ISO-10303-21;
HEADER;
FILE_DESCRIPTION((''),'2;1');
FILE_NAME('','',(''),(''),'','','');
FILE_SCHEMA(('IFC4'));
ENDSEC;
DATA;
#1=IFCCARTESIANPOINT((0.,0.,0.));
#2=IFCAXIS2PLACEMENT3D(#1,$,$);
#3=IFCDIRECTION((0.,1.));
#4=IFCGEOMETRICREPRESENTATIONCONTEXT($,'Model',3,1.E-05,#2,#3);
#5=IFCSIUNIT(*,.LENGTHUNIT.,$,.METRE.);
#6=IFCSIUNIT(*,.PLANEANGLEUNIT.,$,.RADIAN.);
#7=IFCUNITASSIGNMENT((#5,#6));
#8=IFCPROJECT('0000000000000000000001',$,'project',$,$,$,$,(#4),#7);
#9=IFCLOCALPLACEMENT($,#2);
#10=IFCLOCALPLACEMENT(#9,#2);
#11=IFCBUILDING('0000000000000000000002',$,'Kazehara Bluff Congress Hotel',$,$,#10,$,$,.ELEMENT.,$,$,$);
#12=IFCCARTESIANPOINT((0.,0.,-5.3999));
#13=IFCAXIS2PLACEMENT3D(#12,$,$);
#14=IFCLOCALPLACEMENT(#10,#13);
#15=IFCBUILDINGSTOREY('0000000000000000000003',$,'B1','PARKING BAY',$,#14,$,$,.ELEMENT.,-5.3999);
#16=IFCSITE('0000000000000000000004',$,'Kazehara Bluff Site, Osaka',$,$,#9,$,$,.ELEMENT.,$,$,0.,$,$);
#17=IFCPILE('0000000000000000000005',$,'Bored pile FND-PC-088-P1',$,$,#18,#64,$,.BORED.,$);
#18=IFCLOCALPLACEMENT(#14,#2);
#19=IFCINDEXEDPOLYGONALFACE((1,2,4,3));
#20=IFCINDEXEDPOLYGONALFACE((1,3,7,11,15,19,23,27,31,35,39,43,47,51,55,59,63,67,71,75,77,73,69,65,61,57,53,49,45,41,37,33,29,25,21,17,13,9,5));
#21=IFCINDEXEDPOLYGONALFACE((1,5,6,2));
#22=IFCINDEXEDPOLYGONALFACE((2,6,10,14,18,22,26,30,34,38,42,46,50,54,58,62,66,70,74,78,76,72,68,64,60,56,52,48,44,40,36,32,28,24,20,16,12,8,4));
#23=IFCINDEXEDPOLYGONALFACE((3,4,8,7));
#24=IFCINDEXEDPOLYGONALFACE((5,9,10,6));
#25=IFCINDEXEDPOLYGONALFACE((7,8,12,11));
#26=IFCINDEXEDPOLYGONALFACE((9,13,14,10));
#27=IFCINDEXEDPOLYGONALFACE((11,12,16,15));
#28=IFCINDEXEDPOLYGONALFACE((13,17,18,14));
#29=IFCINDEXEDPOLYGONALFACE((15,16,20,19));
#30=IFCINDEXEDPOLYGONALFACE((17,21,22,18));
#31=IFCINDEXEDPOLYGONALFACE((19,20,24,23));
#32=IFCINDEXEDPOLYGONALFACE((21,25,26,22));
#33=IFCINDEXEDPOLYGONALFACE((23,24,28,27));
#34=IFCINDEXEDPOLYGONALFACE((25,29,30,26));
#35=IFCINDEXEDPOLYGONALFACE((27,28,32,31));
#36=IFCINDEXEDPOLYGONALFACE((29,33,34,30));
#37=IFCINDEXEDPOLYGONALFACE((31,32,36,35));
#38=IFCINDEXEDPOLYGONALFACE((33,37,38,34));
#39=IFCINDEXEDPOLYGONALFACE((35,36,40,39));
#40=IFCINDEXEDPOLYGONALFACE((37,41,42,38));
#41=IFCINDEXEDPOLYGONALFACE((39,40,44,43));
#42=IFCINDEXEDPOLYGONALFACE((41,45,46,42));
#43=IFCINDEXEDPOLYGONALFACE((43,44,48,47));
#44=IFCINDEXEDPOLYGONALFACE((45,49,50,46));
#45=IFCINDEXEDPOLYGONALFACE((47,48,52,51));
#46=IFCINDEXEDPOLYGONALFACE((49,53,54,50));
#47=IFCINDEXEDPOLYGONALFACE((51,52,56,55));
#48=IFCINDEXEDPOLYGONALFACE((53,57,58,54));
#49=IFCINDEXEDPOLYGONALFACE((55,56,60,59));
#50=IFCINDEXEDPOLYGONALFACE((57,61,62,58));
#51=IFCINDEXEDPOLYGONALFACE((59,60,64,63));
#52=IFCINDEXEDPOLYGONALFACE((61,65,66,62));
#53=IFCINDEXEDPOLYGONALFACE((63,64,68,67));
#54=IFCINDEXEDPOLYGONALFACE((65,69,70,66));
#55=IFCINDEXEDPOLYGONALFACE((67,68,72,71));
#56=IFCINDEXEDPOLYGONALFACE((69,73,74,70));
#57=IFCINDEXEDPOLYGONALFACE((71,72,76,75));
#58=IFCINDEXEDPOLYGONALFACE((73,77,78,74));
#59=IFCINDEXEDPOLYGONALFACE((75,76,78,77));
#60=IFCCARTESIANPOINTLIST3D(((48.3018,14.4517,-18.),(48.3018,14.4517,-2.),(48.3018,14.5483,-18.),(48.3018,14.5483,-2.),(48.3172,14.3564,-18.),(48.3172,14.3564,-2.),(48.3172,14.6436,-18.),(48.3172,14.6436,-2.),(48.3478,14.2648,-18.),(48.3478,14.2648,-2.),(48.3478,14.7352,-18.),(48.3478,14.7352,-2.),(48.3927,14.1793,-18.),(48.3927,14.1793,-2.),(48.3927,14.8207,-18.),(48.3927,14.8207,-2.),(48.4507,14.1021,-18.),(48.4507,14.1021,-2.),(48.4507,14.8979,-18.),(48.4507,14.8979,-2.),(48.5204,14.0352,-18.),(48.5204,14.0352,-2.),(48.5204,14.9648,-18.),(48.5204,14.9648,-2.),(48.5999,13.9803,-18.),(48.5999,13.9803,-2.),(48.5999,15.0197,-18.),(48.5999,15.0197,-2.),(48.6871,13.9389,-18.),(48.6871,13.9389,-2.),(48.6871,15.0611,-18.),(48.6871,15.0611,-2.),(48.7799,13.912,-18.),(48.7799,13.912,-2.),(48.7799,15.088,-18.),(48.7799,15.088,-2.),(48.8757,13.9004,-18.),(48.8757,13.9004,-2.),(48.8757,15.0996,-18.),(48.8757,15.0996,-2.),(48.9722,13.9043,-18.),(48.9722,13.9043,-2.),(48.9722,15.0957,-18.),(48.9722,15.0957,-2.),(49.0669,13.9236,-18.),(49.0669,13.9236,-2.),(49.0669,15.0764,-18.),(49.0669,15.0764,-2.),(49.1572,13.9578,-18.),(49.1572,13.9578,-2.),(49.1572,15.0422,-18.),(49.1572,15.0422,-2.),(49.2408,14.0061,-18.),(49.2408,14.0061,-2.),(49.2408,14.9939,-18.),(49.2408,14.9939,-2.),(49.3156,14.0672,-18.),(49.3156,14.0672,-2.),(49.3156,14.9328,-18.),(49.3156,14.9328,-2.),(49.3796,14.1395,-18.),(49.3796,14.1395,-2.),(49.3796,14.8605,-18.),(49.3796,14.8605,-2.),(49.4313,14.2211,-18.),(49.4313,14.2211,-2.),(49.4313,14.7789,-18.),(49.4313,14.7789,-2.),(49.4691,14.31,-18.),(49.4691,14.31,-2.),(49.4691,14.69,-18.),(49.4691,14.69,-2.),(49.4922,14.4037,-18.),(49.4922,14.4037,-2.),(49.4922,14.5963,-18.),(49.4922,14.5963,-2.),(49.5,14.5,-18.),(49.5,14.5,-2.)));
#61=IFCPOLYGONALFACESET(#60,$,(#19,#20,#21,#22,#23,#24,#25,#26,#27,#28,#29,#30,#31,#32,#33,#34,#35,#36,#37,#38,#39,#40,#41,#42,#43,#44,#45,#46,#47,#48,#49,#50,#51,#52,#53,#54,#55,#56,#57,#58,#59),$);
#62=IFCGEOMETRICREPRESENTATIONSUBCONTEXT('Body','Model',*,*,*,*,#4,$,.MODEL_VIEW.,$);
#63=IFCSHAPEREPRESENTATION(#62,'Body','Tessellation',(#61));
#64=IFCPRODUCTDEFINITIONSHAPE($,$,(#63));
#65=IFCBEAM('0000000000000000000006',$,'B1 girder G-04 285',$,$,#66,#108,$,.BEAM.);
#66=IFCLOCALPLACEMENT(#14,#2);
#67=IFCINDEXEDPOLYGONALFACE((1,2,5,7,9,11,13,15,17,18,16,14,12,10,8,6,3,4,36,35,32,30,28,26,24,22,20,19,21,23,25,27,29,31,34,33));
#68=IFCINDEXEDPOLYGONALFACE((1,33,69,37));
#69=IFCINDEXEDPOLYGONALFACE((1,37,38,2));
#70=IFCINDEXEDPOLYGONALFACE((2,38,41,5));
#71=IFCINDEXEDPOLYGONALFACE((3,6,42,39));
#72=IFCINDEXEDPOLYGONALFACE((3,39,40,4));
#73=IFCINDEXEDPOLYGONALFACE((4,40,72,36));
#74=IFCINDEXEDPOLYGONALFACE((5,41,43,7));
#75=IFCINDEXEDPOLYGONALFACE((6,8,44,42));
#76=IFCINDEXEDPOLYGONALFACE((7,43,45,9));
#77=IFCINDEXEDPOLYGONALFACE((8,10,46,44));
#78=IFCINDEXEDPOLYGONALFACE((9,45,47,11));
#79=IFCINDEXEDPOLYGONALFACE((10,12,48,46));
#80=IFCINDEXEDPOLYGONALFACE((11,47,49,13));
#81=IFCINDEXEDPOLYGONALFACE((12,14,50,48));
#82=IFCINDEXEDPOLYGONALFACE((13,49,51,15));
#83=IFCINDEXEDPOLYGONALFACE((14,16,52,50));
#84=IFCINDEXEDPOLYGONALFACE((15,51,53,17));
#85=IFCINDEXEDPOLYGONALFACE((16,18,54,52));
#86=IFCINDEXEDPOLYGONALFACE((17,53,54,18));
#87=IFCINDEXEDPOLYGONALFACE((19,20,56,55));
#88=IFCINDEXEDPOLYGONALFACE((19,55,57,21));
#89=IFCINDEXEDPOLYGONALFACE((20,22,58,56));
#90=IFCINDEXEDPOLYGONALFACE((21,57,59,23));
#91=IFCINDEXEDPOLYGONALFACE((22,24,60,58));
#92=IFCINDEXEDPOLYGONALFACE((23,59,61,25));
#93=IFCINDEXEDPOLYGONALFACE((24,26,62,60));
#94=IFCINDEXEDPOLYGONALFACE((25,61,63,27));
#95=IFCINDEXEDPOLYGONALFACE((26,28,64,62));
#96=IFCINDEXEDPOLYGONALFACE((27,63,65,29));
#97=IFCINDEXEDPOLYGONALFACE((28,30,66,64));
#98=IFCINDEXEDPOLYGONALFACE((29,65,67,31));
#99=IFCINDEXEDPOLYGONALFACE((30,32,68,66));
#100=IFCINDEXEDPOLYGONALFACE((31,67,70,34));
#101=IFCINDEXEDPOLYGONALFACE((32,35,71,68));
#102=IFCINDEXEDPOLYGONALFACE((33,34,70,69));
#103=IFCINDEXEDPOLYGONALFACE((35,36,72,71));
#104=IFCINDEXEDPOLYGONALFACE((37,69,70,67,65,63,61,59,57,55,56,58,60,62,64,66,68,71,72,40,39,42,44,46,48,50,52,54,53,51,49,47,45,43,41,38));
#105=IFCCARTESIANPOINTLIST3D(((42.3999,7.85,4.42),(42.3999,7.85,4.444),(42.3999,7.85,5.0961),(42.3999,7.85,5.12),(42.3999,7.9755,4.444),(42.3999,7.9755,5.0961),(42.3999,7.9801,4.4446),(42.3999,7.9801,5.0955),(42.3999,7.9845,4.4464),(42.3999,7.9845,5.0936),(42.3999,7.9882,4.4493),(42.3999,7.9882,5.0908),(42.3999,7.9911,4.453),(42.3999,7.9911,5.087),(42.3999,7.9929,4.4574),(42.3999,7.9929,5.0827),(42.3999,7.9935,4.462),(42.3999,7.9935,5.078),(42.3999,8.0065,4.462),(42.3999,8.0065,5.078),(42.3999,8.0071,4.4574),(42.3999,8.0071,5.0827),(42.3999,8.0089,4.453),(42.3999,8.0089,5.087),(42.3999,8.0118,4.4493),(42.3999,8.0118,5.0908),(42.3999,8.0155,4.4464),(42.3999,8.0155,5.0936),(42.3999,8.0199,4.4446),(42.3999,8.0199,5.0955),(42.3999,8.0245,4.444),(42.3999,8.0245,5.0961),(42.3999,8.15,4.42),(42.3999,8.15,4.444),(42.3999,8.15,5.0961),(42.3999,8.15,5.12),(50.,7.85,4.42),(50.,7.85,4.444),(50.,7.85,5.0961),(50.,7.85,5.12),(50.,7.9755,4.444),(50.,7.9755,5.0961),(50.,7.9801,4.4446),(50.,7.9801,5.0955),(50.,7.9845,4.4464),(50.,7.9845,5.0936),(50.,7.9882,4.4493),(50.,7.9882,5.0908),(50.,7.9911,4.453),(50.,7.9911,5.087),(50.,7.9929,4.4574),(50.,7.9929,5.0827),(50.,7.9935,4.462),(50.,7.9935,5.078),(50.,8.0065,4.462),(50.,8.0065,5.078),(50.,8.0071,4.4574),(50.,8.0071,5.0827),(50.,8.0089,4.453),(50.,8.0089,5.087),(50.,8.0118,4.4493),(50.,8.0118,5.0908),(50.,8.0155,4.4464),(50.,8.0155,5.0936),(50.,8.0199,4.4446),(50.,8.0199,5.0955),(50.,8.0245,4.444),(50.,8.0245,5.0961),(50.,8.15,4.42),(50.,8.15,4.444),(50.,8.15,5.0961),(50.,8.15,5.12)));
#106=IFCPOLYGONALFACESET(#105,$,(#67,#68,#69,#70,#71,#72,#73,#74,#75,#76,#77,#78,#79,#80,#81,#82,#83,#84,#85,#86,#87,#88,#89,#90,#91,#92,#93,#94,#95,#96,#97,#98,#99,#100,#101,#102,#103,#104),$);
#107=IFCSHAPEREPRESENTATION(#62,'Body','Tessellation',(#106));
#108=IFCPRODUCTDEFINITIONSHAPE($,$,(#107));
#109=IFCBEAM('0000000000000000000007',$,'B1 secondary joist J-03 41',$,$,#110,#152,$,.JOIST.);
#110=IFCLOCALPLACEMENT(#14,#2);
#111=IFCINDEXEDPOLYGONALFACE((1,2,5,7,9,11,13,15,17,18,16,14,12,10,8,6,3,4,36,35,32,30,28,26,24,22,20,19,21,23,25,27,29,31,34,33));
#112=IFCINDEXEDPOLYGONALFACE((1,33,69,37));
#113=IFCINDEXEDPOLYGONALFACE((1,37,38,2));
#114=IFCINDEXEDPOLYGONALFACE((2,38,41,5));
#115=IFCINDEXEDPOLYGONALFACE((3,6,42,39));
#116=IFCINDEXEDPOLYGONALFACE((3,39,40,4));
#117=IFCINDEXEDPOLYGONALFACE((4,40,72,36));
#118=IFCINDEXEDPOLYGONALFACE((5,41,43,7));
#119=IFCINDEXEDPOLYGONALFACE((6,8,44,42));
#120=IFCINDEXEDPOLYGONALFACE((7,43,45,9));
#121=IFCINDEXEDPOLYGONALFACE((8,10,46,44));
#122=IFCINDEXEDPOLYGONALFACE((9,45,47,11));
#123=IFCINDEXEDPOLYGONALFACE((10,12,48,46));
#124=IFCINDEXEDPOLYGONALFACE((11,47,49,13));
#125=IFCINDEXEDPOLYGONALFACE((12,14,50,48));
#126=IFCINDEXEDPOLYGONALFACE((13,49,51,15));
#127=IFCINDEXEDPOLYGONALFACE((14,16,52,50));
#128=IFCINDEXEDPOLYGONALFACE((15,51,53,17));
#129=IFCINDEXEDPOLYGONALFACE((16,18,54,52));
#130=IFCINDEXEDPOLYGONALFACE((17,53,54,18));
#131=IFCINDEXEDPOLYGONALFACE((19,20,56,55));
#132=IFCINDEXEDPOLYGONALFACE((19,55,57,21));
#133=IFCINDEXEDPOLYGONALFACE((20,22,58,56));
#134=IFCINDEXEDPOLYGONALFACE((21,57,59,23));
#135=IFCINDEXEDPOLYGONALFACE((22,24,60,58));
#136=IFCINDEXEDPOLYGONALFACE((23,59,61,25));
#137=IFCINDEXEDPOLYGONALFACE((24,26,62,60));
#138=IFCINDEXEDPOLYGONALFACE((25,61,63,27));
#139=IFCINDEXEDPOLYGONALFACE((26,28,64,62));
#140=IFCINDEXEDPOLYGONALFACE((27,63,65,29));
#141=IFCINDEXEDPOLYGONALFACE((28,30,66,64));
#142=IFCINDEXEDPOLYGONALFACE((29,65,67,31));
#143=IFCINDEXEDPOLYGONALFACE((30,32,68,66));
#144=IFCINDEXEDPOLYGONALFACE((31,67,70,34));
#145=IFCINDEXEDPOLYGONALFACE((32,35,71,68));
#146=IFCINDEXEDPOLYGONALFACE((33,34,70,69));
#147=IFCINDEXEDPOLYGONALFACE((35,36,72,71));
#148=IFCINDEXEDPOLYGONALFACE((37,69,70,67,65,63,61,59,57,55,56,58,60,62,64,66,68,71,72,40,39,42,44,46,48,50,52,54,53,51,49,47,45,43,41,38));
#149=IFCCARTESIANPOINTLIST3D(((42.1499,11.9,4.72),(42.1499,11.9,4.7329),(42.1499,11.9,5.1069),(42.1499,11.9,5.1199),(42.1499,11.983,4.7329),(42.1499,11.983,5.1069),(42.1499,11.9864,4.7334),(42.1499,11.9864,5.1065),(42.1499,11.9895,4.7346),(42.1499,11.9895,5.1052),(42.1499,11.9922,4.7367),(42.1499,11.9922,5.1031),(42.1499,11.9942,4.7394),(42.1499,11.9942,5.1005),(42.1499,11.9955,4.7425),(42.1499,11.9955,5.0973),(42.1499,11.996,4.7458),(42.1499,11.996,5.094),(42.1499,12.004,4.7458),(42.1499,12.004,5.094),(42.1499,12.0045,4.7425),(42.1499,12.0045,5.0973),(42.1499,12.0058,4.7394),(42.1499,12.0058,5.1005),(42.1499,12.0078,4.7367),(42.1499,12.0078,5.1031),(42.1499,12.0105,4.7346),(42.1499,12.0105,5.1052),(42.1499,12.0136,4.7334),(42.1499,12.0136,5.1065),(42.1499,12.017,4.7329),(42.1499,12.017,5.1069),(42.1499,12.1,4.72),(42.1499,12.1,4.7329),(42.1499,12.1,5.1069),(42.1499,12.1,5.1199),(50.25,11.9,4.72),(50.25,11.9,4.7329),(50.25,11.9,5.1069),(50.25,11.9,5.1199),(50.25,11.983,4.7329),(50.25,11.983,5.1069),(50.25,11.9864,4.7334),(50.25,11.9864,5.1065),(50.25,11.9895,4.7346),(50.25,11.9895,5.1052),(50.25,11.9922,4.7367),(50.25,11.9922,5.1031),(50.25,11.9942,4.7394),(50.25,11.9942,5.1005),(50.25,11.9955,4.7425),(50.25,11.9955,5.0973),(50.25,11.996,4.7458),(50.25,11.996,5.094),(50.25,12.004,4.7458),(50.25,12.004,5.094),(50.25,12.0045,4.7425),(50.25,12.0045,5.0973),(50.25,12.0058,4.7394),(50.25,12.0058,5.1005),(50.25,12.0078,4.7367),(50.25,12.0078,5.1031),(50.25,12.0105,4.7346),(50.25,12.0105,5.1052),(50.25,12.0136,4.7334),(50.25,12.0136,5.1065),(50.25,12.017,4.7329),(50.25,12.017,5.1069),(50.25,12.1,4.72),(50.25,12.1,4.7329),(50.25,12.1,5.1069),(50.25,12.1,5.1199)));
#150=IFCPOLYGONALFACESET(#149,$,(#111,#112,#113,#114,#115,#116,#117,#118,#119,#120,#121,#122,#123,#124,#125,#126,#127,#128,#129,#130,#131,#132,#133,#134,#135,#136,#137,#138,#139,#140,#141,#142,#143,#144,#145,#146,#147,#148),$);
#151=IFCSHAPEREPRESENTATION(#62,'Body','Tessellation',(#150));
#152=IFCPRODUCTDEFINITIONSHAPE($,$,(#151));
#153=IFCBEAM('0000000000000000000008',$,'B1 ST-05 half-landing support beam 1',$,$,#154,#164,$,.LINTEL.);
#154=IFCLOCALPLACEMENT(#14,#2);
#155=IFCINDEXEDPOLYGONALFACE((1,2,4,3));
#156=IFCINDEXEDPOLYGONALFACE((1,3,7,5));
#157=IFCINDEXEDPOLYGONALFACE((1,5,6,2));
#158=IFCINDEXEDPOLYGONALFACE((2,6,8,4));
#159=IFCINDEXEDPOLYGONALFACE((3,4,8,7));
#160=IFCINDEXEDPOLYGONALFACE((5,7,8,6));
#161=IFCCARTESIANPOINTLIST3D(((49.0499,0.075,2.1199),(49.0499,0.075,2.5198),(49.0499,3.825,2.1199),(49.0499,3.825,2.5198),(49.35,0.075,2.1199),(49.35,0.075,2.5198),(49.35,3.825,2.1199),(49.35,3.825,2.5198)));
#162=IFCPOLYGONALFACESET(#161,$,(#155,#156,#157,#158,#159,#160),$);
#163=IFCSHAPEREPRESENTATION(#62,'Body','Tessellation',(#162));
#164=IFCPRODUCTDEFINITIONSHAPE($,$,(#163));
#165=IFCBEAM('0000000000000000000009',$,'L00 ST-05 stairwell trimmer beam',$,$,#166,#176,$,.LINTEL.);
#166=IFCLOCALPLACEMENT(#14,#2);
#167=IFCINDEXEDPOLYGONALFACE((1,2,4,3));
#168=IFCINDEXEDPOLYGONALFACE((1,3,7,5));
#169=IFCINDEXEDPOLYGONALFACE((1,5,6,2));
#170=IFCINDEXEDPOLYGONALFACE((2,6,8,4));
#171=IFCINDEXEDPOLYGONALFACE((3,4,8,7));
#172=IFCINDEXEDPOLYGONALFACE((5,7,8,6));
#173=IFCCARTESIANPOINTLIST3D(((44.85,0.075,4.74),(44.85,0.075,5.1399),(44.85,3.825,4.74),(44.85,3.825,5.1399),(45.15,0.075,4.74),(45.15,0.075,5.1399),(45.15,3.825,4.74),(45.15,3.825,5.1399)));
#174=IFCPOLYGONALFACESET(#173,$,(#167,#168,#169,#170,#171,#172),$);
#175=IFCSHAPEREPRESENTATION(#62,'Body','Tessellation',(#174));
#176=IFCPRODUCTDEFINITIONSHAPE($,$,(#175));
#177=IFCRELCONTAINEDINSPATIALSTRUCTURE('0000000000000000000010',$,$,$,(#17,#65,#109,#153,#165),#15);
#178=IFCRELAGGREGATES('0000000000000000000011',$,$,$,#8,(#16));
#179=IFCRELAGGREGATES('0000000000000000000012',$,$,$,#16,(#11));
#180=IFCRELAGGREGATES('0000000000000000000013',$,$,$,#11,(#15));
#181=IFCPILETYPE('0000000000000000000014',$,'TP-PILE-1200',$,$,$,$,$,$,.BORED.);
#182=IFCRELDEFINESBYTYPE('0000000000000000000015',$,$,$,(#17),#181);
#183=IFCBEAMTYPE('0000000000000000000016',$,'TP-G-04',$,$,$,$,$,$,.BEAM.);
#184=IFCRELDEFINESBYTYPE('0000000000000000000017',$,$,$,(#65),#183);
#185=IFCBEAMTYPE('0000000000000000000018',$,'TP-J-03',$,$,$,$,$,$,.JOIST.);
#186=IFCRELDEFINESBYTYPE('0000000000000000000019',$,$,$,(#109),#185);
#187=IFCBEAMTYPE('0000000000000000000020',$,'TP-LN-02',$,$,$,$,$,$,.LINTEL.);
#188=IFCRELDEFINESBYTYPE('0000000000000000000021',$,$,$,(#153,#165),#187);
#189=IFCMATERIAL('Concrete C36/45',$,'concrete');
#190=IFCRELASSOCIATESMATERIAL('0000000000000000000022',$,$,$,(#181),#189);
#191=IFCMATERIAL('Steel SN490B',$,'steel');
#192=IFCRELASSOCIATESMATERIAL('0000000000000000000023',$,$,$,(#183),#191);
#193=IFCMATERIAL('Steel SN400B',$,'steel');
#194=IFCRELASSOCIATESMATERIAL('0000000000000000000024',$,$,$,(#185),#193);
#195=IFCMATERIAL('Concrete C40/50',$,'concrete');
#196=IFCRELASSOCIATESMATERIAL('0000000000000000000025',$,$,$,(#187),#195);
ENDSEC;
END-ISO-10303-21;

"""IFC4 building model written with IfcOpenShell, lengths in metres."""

from ifc_helpers import new_model, si_unit, direction, frame, origin, origin_2d, place, context, subcontext, project, spatial, rectangle, circle, i_section, extrude, material, material_profile, profile_set, type_object, element, save


model = new_model("IFC4")

# Units and contexts
model_context = context("Model", 3, precision=1e-05, world=origin(), true_north=direction((0.0, 1.0)))
body_context = subcontext(model_context, "Body", "Model", "MODEL_VIEW")
ifc_project = project(units=[si_unit("LENGTHUNIT", "METRE"), si_unit("PLANEANGLEUNIT", "RADIAN")], contexts=[model_context])

# Site, building, storey
site_placement = place(None, origin())
site = spatial("IfcSite", under=ifc_project, at=site_placement, Name="Kazehara Bluff Site, Osaka", CompositionType="ELEMENT", RefElevation=0.0)
building_placement = place(site_placement, origin())
building = spatial("IfcBuilding", under=site, at=building_placement, Name="Kazehara Bluff Congress Hotel", CompositionType="ELEMENT")
storey_placement = place(building_placement, frame((0.0, 0.0, -5.3999)))
storey = spatial("IfcBuildingStorey", under=building, at=storey_placement, Name="B1", Description="PARKING BAY", CompositionType="ELEMENT", Elevation=-5.3999)

# Pile
ifc_material_1 = material(Name="Concrete C36/45", Category="concrete")
ifc_material_profile_1 = material_profile(ifc_material_1, circle(Radius=0.6001, at=origin_2d()))
ifc_profile_set_1 = profile_set([ifc_material_profile_1], Name="Concrete C36/45")
pile_type = type_object("IfcPileType", Name="TP-PILE-1200", PredefinedType="BORED", material=ifc_profile_set_1)
for number, where, z_axis, x_axis, name in (
    (1, (48.8999, 14.5, -2.0), (0.0, 0.0, -1.0), (1.0, 0.0, 0.0), "Bored pile FND-PC-088-P1"),
):
    element("IfcPile", number, at=place(storey_placement, frame(where, z_axis=z_axis, x_axis=x_axis)), inside=storey, type_object=pile_type, Name=name, PredefinedType="BORED", context=body_context, shape_type="SweptSolid", body=[
        extrude(circle(Radius=0.6001, at=origin_2d()), origin(), (0.0, 0.0, 1.0), 16.0),
    ])

# Beams
ifc_material_2 = material(Name="Steel SN490B", Category="steel")
ifc_material_profile_2 = material_profile(ifc_material_2, i_section(OverallWidth=0.3, OverallDepth=0.7, WebThickness=0.0129, FlangeThickness=0.0239, FilletRadius=0.0181, at=origin_2d()))
ifc_profile_set_2 = profile_set([ifc_material_profile_2], Name="Steel SN490B")
beam_type_1 = type_object("IfcBeamType", Name="TP-G-04", PredefinedType="BEAM", material=ifc_profile_set_2)
beam_1_placement = place(storey_placement, frame((42.3999, 8.0, 4.77), z_axis=(1.0, 0.0, 0.0), x_axis=(0.0, 1.0, 0.0)))
element("IfcBeam", 2, at=beam_1_placement, inside=storey, type_object=beam_type_1, Name="B1 girder G-04 285", PredefinedType="BEAM", context=body_context, shape_type="SweptSolid", body=[
    extrude(i_section(OverallWidth=0.3, OverallDepth=0.7, WebThickness=0.0129, FlangeThickness=0.0239, FilletRadius=0.0181, at=origin_2d()), origin(), (0.0, 0.0, 1.0), 7.6001),
])
ifc_material_3 = material(Name="Steel SN400B", Category="steel")
ifc_material_profile_3 = material_profile(ifc_material_3, i_section(OverallWidth=0.2, OverallDepth=0.3999, WebThickness=0.0081, FlangeThickness=0.0129, FilletRadius=0.0129, at=origin_2d()))
ifc_profile_set_3 = profile_set([ifc_material_profile_3], Name="Steel SN400B")
beam_type_2 = type_object("IfcBeamType", Name="TP-J-03", PredefinedType="JOIST", material=ifc_profile_set_3)
beam_2_placement = place(storey_placement, frame((42.1499, 12.0, 4.9199), z_axis=(1.0, 0.0, 0.0), x_axis=(0.0, 1.0, 0.0)))
element("IfcBeam", 3, at=beam_2_placement, inside=storey, type_object=beam_type_2, Name="B1 secondary joist J-03 41", PredefinedType="JOIST", context=body_context, shape_type="SweptSolid", body=[
    extrude(i_section(OverallWidth=0.2, OverallDepth=0.3999, WebThickness=0.0081, FlangeThickness=0.0129, FilletRadius=0.0129, at=origin_2d()), origin(), (0.0, 0.0, 1.0), 8.1001),
])
ifc_material_4 = material(Name="Concrete C40/50", Category="concrete")
ifc_material_profile_4 = material_profile(ifc_material_4, rectangle(XDim=0.3, YDim=0.3999, at=origin_2d()))
ifc_profile_set_4 = profile_set([ifc_material_profile_4], Name="Concrete C40/50")
beam_type_3 = type_object("IfcBeamType", Name="TP-LN-02", PredefinedType="LINTEL", material=ifc_profile_set_4)
for number, where, z_axis, x_axis, name in (
    (4, (49.2, 0.075, 2.3198), (0.0, 1.0, 0.0), (-1.0, 0.0, 0.0), "B1 ST-05 half-landing support beam 1"),
    (5, (45.0, 0.075, 4.9399), (0.0, 1.0, 0.0), (-1.0, 0.0, 0.0), "L00 ST-05 stairwell trimmer beam"),
):
    element("IfcBeam", number, at=place(storey_placement, frame(where, z_axis=z_axis, x_axis=x_axis)), inside=storey, type_object=beam_type_3, Name=name, PredefinedType="LINTEL", context=body_context, shape_type="SweptSolid", body=[
        extrude(rectangle(XDim=0.3, YDim=0.3999, at=origin_2d()), origin(), (0.0, 0.0, 1.0), 3.75),
    ])

save(model, "model.ifc")
